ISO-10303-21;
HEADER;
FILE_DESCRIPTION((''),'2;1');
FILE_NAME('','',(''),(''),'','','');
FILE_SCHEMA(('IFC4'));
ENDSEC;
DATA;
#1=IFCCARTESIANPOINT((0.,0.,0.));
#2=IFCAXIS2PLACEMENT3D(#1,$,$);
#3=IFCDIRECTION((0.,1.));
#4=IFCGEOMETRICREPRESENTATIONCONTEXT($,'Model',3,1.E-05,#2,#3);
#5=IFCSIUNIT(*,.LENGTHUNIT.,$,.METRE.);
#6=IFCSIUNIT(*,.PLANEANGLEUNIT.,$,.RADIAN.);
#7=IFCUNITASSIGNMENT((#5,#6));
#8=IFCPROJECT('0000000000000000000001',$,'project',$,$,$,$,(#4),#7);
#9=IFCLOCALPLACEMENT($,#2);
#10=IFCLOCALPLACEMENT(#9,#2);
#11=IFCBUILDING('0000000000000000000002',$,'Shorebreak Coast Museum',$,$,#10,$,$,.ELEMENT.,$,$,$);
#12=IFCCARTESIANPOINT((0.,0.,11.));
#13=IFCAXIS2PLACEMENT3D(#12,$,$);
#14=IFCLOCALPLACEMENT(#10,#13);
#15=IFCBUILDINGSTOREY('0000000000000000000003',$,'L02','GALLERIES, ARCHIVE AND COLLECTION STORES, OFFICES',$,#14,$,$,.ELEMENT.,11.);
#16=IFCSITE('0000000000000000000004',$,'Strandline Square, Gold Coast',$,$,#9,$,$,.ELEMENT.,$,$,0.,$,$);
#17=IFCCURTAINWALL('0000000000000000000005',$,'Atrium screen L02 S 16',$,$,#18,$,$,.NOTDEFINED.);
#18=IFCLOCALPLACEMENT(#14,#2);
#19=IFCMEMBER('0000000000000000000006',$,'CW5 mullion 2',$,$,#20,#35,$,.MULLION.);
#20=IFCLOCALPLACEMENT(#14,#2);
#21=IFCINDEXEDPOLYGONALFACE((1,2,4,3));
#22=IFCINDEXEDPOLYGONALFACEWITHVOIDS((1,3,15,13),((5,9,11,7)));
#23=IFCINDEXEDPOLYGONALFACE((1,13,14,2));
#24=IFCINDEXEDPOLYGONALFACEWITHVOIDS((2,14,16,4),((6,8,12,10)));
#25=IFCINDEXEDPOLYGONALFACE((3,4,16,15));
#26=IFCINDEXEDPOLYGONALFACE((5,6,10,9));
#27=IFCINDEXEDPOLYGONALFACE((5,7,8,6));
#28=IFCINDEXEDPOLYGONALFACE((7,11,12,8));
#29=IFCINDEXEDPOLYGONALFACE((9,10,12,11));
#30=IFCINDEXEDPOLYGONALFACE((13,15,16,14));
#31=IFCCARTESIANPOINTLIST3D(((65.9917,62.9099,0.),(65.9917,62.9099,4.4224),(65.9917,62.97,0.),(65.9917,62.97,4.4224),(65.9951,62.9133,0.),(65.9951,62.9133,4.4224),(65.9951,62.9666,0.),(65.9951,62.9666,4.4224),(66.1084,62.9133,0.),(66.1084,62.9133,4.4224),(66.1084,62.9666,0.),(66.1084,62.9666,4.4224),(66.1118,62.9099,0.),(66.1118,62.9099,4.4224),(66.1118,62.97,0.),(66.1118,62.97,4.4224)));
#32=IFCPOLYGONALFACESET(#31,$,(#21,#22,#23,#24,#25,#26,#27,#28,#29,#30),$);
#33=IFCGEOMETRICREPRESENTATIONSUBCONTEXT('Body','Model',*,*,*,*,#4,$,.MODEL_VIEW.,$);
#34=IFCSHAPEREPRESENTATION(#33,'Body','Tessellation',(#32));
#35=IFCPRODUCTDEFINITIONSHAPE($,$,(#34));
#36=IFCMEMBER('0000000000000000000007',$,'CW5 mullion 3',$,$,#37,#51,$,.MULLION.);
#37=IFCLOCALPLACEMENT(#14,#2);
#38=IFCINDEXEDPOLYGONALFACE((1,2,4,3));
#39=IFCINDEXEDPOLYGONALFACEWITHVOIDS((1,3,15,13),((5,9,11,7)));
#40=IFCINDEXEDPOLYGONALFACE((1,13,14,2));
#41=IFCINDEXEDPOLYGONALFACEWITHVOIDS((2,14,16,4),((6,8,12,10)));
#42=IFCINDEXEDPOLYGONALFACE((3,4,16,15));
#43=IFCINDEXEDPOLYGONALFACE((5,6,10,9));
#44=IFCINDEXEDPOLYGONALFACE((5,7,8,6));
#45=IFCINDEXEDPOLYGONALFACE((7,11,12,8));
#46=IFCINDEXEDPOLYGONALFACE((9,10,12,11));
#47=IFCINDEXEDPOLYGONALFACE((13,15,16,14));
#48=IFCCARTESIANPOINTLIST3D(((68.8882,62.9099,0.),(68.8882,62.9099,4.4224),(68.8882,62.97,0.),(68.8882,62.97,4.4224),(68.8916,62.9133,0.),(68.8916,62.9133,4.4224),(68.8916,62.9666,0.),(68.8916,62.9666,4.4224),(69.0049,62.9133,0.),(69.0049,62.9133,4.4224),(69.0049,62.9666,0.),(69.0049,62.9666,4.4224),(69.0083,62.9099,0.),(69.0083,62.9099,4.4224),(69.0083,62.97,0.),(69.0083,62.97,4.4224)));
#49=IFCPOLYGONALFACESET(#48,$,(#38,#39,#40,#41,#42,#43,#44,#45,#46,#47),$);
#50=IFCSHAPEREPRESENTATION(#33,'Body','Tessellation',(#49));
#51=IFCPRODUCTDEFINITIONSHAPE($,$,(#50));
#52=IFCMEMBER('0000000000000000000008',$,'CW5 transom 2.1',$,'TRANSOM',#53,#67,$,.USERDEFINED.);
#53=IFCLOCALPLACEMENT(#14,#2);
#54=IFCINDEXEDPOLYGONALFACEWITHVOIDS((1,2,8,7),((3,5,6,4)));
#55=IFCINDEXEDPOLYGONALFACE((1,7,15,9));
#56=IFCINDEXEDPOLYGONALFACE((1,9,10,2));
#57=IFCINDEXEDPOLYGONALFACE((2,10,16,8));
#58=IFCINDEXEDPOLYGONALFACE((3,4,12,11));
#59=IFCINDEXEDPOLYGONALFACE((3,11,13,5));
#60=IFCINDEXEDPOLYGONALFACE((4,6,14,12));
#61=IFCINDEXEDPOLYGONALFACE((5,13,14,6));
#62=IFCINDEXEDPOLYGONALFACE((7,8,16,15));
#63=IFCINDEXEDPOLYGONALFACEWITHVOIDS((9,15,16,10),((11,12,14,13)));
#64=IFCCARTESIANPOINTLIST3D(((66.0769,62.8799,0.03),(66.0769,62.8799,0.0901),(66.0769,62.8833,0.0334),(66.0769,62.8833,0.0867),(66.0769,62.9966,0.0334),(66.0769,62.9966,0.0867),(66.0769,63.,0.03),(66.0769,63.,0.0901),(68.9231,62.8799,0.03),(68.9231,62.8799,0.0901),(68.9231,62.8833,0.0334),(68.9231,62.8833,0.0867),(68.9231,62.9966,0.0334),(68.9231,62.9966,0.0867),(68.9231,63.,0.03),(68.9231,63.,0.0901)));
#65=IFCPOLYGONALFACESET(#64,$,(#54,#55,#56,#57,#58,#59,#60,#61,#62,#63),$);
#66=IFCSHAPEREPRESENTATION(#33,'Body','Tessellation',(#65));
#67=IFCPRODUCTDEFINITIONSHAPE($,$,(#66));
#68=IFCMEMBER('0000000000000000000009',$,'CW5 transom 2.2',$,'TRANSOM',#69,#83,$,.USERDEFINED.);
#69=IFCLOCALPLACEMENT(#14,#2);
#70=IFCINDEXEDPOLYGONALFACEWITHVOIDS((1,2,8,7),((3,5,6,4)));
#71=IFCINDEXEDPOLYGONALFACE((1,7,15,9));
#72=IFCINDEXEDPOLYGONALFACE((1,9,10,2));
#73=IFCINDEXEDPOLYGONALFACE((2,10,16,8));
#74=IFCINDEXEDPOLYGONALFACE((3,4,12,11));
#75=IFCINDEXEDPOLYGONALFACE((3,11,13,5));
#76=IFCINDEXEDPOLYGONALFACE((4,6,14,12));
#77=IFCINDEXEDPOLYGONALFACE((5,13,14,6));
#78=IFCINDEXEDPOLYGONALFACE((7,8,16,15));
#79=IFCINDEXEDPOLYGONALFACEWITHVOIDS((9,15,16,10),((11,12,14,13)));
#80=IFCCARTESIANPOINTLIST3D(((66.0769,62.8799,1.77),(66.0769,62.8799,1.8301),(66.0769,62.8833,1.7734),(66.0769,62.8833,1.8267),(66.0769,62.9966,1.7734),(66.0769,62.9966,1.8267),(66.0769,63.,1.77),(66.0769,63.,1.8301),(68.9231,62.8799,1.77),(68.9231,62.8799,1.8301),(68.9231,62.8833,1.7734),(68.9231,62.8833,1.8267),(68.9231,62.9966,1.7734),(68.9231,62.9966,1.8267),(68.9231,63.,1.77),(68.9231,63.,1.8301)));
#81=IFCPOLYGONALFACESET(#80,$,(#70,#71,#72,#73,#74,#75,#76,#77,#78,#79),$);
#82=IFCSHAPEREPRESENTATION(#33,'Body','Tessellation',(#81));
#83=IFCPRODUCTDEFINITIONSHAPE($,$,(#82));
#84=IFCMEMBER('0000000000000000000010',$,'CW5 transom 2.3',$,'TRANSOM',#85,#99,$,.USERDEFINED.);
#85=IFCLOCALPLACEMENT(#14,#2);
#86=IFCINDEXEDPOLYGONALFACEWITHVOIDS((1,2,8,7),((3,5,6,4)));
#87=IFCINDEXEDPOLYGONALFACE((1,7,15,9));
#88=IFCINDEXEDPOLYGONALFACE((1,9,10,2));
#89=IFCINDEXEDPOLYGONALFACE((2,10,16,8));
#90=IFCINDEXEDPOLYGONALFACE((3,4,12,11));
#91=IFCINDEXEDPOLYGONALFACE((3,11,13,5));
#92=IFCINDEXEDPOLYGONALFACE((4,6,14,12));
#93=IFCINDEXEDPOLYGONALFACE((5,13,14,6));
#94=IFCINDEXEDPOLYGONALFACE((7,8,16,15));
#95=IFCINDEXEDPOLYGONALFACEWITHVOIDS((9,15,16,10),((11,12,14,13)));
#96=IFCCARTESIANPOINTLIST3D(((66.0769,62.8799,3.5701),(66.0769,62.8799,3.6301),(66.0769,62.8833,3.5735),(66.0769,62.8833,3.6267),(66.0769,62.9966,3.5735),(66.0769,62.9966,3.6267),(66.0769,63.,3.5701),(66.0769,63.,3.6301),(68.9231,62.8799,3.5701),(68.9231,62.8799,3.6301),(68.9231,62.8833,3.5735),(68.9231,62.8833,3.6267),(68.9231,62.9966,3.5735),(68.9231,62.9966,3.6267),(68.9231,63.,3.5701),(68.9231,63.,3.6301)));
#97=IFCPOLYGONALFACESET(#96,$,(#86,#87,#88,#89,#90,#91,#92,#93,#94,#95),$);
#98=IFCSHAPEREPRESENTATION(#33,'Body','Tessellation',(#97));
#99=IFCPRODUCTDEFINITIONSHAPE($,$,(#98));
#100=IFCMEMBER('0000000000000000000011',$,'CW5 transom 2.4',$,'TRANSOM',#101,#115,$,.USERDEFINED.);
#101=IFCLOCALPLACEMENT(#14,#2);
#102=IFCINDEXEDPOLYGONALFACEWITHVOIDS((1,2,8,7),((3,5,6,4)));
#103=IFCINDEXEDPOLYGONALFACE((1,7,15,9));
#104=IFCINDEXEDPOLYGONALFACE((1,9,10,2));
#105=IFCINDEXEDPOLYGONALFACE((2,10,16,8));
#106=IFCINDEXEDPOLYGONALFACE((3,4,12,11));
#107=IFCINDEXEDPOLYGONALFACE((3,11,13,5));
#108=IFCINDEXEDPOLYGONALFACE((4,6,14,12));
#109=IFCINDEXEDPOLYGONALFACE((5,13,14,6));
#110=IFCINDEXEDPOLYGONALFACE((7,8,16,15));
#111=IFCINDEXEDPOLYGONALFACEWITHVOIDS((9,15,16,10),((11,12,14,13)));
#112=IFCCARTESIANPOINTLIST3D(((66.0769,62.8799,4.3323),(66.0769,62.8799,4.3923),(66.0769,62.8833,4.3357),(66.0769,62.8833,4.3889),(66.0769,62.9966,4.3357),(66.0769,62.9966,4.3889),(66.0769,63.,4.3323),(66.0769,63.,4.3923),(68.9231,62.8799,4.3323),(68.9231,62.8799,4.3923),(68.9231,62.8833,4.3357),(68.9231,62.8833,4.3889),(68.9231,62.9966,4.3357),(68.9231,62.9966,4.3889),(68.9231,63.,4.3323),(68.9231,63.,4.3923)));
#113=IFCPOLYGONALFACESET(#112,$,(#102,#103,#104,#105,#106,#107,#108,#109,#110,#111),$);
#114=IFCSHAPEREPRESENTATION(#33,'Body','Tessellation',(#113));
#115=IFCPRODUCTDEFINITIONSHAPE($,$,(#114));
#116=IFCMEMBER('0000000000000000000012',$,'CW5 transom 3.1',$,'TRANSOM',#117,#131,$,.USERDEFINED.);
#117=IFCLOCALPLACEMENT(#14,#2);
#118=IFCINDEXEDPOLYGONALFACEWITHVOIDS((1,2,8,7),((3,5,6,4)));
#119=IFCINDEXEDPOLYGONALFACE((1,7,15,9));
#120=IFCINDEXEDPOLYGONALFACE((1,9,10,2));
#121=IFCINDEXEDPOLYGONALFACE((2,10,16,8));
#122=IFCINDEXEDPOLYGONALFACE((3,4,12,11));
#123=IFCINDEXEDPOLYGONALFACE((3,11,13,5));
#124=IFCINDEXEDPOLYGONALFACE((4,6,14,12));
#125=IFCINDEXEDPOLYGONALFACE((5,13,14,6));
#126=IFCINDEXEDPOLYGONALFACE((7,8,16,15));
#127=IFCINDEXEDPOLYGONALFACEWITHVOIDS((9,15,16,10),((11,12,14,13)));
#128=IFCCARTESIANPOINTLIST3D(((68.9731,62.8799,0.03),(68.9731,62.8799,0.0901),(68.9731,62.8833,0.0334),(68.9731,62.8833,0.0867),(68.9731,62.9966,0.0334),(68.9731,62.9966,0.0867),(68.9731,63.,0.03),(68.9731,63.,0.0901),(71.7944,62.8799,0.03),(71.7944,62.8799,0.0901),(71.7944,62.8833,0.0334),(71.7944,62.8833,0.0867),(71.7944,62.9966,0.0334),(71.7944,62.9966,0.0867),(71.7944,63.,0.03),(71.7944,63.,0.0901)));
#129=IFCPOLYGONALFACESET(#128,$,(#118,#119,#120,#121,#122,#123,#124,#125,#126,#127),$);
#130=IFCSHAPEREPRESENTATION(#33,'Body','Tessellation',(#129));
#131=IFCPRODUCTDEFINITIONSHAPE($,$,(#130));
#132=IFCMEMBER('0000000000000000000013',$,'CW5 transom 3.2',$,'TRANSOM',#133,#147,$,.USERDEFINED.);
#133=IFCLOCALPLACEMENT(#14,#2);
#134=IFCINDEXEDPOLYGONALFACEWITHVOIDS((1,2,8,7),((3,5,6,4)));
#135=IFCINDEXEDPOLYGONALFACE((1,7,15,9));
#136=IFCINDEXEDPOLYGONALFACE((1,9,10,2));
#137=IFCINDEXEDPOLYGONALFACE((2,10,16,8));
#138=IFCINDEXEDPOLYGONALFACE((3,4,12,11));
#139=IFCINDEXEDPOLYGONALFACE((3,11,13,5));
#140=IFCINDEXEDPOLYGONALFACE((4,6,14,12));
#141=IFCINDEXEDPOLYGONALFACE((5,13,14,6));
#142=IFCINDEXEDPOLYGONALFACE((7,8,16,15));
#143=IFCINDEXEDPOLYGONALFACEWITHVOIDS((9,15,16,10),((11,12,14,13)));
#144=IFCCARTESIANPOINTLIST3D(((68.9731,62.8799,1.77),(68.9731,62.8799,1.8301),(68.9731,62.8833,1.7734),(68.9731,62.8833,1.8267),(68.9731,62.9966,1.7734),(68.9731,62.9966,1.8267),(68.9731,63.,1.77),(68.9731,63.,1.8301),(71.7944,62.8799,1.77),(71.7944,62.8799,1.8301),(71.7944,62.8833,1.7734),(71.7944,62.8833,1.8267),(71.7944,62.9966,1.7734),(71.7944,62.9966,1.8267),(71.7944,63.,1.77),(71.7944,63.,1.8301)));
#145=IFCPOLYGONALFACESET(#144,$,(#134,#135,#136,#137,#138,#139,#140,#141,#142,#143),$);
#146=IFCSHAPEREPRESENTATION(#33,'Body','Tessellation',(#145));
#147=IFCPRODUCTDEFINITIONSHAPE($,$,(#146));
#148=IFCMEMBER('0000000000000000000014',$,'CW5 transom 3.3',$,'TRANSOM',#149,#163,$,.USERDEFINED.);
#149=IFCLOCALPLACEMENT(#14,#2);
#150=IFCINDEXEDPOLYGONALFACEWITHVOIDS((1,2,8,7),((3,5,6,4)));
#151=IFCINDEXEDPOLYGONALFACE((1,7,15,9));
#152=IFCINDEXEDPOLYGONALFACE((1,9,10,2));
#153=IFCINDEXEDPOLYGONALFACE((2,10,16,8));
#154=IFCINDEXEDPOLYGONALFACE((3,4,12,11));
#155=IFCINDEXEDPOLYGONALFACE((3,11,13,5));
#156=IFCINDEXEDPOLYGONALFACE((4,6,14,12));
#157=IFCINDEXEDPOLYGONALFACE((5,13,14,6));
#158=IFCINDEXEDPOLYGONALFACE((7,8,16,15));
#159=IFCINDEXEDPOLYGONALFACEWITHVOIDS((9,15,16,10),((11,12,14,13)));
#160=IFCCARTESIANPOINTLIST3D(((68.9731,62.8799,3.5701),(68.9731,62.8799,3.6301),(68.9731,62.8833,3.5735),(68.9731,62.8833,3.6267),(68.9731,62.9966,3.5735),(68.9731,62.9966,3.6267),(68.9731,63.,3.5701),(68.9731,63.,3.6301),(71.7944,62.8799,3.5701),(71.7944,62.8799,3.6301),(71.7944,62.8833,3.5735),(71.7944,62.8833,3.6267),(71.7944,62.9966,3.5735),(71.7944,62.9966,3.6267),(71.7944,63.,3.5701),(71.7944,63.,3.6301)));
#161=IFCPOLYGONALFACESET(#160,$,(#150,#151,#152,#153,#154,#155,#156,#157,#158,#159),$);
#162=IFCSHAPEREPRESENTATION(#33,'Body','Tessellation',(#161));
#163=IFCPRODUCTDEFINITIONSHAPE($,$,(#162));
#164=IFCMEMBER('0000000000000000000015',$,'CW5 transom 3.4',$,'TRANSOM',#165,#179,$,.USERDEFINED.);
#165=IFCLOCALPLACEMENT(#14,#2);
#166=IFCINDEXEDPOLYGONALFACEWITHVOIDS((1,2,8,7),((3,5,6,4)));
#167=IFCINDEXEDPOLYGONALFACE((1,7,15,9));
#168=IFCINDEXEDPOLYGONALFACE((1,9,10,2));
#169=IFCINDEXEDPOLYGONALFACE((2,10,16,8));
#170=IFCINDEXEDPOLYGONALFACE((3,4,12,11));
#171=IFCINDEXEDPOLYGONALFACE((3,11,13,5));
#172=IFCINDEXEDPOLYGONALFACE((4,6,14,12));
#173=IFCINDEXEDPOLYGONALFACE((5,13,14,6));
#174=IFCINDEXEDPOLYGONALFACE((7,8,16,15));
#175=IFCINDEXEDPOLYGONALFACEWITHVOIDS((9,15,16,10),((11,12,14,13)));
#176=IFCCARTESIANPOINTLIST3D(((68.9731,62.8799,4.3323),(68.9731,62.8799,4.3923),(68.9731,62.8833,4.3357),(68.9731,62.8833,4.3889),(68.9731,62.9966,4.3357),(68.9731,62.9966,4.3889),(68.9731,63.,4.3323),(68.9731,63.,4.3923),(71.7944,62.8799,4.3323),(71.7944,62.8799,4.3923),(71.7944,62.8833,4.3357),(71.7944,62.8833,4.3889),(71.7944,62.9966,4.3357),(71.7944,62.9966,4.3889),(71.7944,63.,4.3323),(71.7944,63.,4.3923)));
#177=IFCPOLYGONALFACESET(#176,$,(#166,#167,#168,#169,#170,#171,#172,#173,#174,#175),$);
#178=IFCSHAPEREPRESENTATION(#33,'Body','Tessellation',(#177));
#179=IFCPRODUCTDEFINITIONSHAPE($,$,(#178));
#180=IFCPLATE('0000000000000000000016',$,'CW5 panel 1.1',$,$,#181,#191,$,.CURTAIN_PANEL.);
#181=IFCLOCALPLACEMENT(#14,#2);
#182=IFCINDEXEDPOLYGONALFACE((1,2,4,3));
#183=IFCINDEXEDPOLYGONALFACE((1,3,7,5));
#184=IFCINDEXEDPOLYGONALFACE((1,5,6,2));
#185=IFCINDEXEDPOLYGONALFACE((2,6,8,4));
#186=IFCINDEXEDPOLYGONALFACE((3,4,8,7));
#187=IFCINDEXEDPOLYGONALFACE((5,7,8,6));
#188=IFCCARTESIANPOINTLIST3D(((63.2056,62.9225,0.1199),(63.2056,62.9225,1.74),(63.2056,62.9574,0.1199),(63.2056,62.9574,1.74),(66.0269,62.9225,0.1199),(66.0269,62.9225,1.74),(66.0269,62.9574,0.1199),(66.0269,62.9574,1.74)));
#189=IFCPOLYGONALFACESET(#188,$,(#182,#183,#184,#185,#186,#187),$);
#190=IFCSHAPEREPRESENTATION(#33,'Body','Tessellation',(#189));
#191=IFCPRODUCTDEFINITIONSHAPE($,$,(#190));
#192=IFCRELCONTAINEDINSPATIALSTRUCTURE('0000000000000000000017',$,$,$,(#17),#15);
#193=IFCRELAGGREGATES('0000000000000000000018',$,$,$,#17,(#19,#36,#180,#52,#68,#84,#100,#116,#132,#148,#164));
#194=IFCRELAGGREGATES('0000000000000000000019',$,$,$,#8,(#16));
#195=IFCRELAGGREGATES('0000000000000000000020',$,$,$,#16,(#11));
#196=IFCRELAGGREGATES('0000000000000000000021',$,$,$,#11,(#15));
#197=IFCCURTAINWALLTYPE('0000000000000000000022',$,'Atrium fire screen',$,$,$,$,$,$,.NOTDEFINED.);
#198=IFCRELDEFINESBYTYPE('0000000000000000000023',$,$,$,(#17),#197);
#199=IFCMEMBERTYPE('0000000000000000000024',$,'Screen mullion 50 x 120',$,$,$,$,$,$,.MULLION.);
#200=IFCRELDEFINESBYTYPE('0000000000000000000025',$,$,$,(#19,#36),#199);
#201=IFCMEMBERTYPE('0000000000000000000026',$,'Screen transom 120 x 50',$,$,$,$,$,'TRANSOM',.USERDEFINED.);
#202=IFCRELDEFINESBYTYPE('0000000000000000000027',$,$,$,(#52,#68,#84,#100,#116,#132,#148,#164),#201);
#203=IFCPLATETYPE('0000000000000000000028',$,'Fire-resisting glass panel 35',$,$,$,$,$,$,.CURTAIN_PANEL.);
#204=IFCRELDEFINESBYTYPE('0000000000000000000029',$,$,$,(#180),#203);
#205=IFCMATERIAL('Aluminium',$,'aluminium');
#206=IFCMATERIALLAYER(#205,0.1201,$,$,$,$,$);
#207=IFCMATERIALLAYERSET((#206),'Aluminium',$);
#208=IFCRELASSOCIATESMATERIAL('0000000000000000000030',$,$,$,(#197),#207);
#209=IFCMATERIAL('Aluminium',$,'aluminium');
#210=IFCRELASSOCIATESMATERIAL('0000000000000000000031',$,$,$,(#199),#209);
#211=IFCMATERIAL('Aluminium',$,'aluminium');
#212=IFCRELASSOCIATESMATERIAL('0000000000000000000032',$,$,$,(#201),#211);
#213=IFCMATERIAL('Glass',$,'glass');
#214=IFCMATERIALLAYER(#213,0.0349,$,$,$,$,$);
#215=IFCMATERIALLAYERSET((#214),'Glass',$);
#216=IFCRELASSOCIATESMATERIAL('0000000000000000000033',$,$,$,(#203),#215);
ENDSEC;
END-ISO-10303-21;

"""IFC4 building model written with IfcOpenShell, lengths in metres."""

from ifc_helpers import new_model, si_unit, direction, frame, origin, origin_2d, place, context, subcontext, project, spatial, rectangle, hollow_rectangle, extrude, material, layer, layer_set, material_profile, profile_set, type_object, element, aggregate, save


model = new_model("IFC4")

# Units and contexts
model_context = context("Model", 3, precision=1e-05, world=origin(), true_north=direction((0.0, 1.0)))
body_context = subcontext(model_context, "Body", "Model", "MODEL_VIEW")
ifc_project = project(units=[si_unit("LENGTHUNIT", "METRE"), si_unit("PLANEANGLEUNIT", "RADIAN")], contexts=[model_context])

# Site, building, storey
site_placement = place(None, origin())
site = spatial("IfcSite", under=ifc_project, at=site_placement, Name="Strandline Square, Gold Coast", CompositionType="ELEMENT", RefElevation=0.0)
building_placement = place(site_placement, origin())
building = spatial("IfcBuilding", under=site, at=building_placement, Name="Shorebreak Coast Museum", CompositionType="ELEMENT")
storey_placement = place(building_placement, frame((0.0, 0.0, 11.0)))
storey = spatial("IfcBuildingStorey", under=building, at=storey_placement, Name="L02", Description="GALLERIES, ARCHIVE AND COLLECTION STORES, OFFICES", CompositionType="ELEMENT", Elevation=11.0)

# Curtain wall, members, plate
ifc_material_1 = material(Name="Aluminium", Category="aluminium")
ifc_layer_1 = layer(ifc_material_1, 0.1201)
ifc_layer_set_1 = layer_set([ifc_layer_1], Name="Aluminium")
curtain_wall_type = type_object("IfcCurtainWallType", Name="Atrium fire screen", PredefinedType="NOTDEFINED", material=ifc_layer_set_1)
curtain_wall_placement = place(storey_placement, origin())
curtain_wall = element("IfcCurtainWall", 1, at=curtain_wall_placement, inside=storey, type_object=curtain_wall_type, Name="Atrium screen L02 S 16", PredefinedType="NOTDEFINED")
ifc_material_2 = material(Name="Aluminium", Category="aluminium")
ifc_material_profile_1 = material_profile(ifc_material_2, hollow_rectangle(XDim=0.0601, YDim=0.1201, WallThickness=0.0034, at=origin_2d()), Name="AL 120x60 RHS")
ifc_profile_set_1 = profile_set([ifc_material_profile_1], Name="Aluminium")
member_type_1 = type_object("IfcMemberType", Name="Screen mullion 50 x 120", PredefinedType="MULLION", material=ifc_profile_set_1)
member_1_placement = place(storey_placement, frame((66.0518, 62.9399, 0.0), z_axis=(0.0, 0.0, 1.0), x_axis=(0.0, 1.0, 0.0)))
member_1 = element("IfcMember", 2, at=member_1_placement, type_object=member_type_1, Name="CW5 mullion 2", PredefinedType="MULLION", context=body_context, shape_type="SweptSolid", body=[
    extrude(hollow_rectangle(XDim=0.0601, YDim=0.1201, WallThickness=0.0034, at=origin_2d()), origin(), (0.0, 0.0, 1.0), 4.4224),
])
member_2_placement = place(storey_placement, frame((68.9482, 62.9399, 0.0), z_axis=(0.0, 0.0, 1.0), x_axis=(0.0, 1.0, 0.0)))
member_2 = element("IfcMember", 3, at=member_2_placement, type_object=member_type_1, Name="CW5 mullion 3", PredefinedType="MULLION", context=body_context, shape_type="SweptSolid", body=[
    extrude(hollow_rectangle(XDim=0.0601, YDim=0.1201, WallThickness=0.0034, at=origin_2d()), origin(), (0.0, 0.0, 1.0), 4.4224),
])
ifc_material_3 = material(Name="Aluminium", Category="aluminium")
ifc_material_profile_2 = material_profile(ifc_material_3, hollow_rectangle(XDim=0.1201, YDim=0.0601, WallThickness=0.0034, at=origin_2d()), Name="AL 60x120 RHS")
ifc_profile_set_2 = profile_set([ifc_material_profile_2], Name="Aluminium")
member_type_2 = type_object("IfcMemberType", Name="Screen transom 120 x 50", ElementType="TRANSOM", PredefinedType="USERDEFINED", material=ifc_profile_set_2)
member_3_placement = place(storey_placement, frame((66.0769, 62.9399, 0.0601), z_axis=(1.0, 0.0, 0.0), x_axis=(0.0, 1.0, 0.0)))
member_3 = element("IfcMember", 4, at=member_3_placement, type_object=member_type_2, Name="CW5 transom 2.1", ObjectType="TRANSOM", PredefinedType="USERDEFINED", context=body_context, shape_type="SweptSolid", body=[
    extrude(hollow_rectangle(XDim=0.1201, YDim=0.0601, WallThickness=0.0034, at=origin_2d()), origin(), (0.0, 0.0, 1.0), 2.8462),
])
member_4_placement = place(storey_placement, frame((66.0769, 62.9399, 1.8), z_axis=(1.0, 0.0, 0.0), x_axis=(0.0, 1.0, 0.0)))
member_4 = element("IfcMember", 5, at=member_4_placement, type_object=member_type_2, Name="CW5 transom 2.2", ObjectType="TRANSOM", PredefinedType="USERDEFINED", context=body_context, shape_type="SweptSolid", body=[
    extrude(hollow_rectangle(XDim=0.1201, YDim=0.0601, WallThickness=0.0034, at=origin_2d()), origin(), (0.0, 0.0, 1.0), 2.8462),
])
member_5_placement = place(storey_placement, frame((66.0769, 62.9399, 3.6001), z_axis=(1.0, 0.0, 0.0), x_axis=(0.0, 1.0, 0.0)))
member_5 = element("IfcMember", 6, at=member_5_placement, type_object=member_type_2, Name="CW5 transom 2.3", ObjectType="TRANSOM", PredefinedType="USERDEFINED", context=body_context, shape_type="SweptSolid", body=[
    extrude(hollow_rectangle(XDim=0.1201, YDim=0.0601, WallThickness=0.0034, at=origin_2d()), origin(), (0.0, 0.0, 1.0), 2.8462),
])
member_6_placement = place(storey_placement, frame((66.0769, 62.9399, 4.3623), z_axis=(1.0, 0.0, 0.0), x_axis=(0.0, 1.0, 0.0)))
member_6 = element("IfcMember", 7, at=member_6_placement, type_object=member_type_2, Name="CW5 transom 2.4", ObjectType="TRANSOM", PredefinedType="USERDEFINED", context=body_context, shape_type="SweptSolid", body=[
    extrude(hollow_rectangle(XDim=0.1201, YDim=0.0601, WallThickness=0.0034, at=origin_2d()), origin(), (0.0, 0.0, 1.0), 2.8462),
])
member_7_placement = place(storey_placement, frame((68.9731, 62.9399, 0.0601), z_axis=(1.0, 0.0, 0.0), x_axis=(0.0, 1.0, 0.0)))
member_7 = element("IfcMember", 8, at=member_7_placement, type_object=member_type_2, Name="CW5 transom 3.1", ObjectType="TRANSOM", PredefinedType="USERDEFINED", context=body_context, shape_type="SweptSolid", body=[
    extrude(hollow_rectangle(XDim=0.1201, YDim=0.0601, WallThickness=0.0034, at=origin_2d()), origin(), (0.0, 0.0, 1.0), 2.8213),
])
member_8_placement = place(storey_placement, frame((68.9731, 62.9399, 1.8), z_axis=(1.0, 0.0, 0.0), x_axis=(0.0, 1.0, 0.0)))
member_8 = element("IfcMember", 9, at=member_8_placement, type_object=member_type_2, Name="CW5 transom 3.2", ObjectType="TRANSOM", PredefinedType="USERDEFINED", context=body_context, shape_type="SweptSolid", body=[
    extrude(hollow_rectangle(XDim=0.1201, YDim=0.0601, WallThickness=0.0034, at=origin_2d()), origin(), (0.0, 0.0, 1.0), 2.8213),
])
member_9_placement = place(storey_placement, frame((68.9731, 62.9399, 3.6001), z_axis=(1.0, 0.0, 0.0), x_axis=(0.0, 1.0, 0.0)))
member_9 = element("IfcMember", 10, at=member_9_placement, type_object=member_type_2, Name="CW5 transom 3.3", ObjectType="TRANSOM", PredefinedType="USERDEFINED", context=body_context, shape_type="SweptSolid", body=[
    extrude(hollow_rectangle(XDim=0.1201, YDim=0.0601, WallThickness=0.0034, at=origin_2d()), origin(), (0.0, 0.0, 1.0), 2.8213),
])
member_10_placement = place(storey_placement, frame((68.9731, 62.9399, 4.3623), z_axis=(1.0, 0.0, 0.0), x_axis=(0.0, 1.0, 0.0)))
member_10 = element("IfcMember", 11, at=member_10_placement, type_object=member_type_2, Name="CW5 transom 3.4", ObjectType="TRANSOM", PredefinedType="USERDEFINED", context=body_context, shape_type="SweptSolid", body=[
    extrude(hollow_rectangle(XDim=0.1201, YDim=0.0601, WallThickness=0.0034, at=origin_2d()), origin(), (0.0, 0.0, 1.0), 2.8213),
])
ifc_material_4 = material(Name="Glass", Category="glass")
ifc_layer_2 = layer(ifc_material_4, 0.0349)
ifc_layer_set_2 = layer_set([ifc_layer_2], Name="Glass")
plate_type = type_object("IfcPlateType", Name="Fire-resisting glass panel 35", PredefinedType="CURTAIN_PANEL", material=ifc_layer_set_2)
plate_1_placement = place(storey_placement, frame((64.6162, 62.9399, 0.1199), z_axis=(0.0, 0.0, 1.0), x_axis=(1.0, 0.0, 0.0)))
plate_1 = element("IfcPlate", 12, at=plate_1_placement, type_object=plate_type, Name="CW5 panel 1.1", PredefinedType="CURTAIN_PANEL", context=body_context, shape_type="SweptSolid", body=[
    extrude(rectangle(XDim=2.8213, YDim=0.0349, at=origin_2d()), origin(), (0.0, 0.0, 1.0), 1.6201),
])
aggregate(curtain_wall, [member_1, member_2, plate_1, member_3, member_4, member_5, member_6, member_7, member_8, member_9, member_10])

save(model, "model.ifc")
